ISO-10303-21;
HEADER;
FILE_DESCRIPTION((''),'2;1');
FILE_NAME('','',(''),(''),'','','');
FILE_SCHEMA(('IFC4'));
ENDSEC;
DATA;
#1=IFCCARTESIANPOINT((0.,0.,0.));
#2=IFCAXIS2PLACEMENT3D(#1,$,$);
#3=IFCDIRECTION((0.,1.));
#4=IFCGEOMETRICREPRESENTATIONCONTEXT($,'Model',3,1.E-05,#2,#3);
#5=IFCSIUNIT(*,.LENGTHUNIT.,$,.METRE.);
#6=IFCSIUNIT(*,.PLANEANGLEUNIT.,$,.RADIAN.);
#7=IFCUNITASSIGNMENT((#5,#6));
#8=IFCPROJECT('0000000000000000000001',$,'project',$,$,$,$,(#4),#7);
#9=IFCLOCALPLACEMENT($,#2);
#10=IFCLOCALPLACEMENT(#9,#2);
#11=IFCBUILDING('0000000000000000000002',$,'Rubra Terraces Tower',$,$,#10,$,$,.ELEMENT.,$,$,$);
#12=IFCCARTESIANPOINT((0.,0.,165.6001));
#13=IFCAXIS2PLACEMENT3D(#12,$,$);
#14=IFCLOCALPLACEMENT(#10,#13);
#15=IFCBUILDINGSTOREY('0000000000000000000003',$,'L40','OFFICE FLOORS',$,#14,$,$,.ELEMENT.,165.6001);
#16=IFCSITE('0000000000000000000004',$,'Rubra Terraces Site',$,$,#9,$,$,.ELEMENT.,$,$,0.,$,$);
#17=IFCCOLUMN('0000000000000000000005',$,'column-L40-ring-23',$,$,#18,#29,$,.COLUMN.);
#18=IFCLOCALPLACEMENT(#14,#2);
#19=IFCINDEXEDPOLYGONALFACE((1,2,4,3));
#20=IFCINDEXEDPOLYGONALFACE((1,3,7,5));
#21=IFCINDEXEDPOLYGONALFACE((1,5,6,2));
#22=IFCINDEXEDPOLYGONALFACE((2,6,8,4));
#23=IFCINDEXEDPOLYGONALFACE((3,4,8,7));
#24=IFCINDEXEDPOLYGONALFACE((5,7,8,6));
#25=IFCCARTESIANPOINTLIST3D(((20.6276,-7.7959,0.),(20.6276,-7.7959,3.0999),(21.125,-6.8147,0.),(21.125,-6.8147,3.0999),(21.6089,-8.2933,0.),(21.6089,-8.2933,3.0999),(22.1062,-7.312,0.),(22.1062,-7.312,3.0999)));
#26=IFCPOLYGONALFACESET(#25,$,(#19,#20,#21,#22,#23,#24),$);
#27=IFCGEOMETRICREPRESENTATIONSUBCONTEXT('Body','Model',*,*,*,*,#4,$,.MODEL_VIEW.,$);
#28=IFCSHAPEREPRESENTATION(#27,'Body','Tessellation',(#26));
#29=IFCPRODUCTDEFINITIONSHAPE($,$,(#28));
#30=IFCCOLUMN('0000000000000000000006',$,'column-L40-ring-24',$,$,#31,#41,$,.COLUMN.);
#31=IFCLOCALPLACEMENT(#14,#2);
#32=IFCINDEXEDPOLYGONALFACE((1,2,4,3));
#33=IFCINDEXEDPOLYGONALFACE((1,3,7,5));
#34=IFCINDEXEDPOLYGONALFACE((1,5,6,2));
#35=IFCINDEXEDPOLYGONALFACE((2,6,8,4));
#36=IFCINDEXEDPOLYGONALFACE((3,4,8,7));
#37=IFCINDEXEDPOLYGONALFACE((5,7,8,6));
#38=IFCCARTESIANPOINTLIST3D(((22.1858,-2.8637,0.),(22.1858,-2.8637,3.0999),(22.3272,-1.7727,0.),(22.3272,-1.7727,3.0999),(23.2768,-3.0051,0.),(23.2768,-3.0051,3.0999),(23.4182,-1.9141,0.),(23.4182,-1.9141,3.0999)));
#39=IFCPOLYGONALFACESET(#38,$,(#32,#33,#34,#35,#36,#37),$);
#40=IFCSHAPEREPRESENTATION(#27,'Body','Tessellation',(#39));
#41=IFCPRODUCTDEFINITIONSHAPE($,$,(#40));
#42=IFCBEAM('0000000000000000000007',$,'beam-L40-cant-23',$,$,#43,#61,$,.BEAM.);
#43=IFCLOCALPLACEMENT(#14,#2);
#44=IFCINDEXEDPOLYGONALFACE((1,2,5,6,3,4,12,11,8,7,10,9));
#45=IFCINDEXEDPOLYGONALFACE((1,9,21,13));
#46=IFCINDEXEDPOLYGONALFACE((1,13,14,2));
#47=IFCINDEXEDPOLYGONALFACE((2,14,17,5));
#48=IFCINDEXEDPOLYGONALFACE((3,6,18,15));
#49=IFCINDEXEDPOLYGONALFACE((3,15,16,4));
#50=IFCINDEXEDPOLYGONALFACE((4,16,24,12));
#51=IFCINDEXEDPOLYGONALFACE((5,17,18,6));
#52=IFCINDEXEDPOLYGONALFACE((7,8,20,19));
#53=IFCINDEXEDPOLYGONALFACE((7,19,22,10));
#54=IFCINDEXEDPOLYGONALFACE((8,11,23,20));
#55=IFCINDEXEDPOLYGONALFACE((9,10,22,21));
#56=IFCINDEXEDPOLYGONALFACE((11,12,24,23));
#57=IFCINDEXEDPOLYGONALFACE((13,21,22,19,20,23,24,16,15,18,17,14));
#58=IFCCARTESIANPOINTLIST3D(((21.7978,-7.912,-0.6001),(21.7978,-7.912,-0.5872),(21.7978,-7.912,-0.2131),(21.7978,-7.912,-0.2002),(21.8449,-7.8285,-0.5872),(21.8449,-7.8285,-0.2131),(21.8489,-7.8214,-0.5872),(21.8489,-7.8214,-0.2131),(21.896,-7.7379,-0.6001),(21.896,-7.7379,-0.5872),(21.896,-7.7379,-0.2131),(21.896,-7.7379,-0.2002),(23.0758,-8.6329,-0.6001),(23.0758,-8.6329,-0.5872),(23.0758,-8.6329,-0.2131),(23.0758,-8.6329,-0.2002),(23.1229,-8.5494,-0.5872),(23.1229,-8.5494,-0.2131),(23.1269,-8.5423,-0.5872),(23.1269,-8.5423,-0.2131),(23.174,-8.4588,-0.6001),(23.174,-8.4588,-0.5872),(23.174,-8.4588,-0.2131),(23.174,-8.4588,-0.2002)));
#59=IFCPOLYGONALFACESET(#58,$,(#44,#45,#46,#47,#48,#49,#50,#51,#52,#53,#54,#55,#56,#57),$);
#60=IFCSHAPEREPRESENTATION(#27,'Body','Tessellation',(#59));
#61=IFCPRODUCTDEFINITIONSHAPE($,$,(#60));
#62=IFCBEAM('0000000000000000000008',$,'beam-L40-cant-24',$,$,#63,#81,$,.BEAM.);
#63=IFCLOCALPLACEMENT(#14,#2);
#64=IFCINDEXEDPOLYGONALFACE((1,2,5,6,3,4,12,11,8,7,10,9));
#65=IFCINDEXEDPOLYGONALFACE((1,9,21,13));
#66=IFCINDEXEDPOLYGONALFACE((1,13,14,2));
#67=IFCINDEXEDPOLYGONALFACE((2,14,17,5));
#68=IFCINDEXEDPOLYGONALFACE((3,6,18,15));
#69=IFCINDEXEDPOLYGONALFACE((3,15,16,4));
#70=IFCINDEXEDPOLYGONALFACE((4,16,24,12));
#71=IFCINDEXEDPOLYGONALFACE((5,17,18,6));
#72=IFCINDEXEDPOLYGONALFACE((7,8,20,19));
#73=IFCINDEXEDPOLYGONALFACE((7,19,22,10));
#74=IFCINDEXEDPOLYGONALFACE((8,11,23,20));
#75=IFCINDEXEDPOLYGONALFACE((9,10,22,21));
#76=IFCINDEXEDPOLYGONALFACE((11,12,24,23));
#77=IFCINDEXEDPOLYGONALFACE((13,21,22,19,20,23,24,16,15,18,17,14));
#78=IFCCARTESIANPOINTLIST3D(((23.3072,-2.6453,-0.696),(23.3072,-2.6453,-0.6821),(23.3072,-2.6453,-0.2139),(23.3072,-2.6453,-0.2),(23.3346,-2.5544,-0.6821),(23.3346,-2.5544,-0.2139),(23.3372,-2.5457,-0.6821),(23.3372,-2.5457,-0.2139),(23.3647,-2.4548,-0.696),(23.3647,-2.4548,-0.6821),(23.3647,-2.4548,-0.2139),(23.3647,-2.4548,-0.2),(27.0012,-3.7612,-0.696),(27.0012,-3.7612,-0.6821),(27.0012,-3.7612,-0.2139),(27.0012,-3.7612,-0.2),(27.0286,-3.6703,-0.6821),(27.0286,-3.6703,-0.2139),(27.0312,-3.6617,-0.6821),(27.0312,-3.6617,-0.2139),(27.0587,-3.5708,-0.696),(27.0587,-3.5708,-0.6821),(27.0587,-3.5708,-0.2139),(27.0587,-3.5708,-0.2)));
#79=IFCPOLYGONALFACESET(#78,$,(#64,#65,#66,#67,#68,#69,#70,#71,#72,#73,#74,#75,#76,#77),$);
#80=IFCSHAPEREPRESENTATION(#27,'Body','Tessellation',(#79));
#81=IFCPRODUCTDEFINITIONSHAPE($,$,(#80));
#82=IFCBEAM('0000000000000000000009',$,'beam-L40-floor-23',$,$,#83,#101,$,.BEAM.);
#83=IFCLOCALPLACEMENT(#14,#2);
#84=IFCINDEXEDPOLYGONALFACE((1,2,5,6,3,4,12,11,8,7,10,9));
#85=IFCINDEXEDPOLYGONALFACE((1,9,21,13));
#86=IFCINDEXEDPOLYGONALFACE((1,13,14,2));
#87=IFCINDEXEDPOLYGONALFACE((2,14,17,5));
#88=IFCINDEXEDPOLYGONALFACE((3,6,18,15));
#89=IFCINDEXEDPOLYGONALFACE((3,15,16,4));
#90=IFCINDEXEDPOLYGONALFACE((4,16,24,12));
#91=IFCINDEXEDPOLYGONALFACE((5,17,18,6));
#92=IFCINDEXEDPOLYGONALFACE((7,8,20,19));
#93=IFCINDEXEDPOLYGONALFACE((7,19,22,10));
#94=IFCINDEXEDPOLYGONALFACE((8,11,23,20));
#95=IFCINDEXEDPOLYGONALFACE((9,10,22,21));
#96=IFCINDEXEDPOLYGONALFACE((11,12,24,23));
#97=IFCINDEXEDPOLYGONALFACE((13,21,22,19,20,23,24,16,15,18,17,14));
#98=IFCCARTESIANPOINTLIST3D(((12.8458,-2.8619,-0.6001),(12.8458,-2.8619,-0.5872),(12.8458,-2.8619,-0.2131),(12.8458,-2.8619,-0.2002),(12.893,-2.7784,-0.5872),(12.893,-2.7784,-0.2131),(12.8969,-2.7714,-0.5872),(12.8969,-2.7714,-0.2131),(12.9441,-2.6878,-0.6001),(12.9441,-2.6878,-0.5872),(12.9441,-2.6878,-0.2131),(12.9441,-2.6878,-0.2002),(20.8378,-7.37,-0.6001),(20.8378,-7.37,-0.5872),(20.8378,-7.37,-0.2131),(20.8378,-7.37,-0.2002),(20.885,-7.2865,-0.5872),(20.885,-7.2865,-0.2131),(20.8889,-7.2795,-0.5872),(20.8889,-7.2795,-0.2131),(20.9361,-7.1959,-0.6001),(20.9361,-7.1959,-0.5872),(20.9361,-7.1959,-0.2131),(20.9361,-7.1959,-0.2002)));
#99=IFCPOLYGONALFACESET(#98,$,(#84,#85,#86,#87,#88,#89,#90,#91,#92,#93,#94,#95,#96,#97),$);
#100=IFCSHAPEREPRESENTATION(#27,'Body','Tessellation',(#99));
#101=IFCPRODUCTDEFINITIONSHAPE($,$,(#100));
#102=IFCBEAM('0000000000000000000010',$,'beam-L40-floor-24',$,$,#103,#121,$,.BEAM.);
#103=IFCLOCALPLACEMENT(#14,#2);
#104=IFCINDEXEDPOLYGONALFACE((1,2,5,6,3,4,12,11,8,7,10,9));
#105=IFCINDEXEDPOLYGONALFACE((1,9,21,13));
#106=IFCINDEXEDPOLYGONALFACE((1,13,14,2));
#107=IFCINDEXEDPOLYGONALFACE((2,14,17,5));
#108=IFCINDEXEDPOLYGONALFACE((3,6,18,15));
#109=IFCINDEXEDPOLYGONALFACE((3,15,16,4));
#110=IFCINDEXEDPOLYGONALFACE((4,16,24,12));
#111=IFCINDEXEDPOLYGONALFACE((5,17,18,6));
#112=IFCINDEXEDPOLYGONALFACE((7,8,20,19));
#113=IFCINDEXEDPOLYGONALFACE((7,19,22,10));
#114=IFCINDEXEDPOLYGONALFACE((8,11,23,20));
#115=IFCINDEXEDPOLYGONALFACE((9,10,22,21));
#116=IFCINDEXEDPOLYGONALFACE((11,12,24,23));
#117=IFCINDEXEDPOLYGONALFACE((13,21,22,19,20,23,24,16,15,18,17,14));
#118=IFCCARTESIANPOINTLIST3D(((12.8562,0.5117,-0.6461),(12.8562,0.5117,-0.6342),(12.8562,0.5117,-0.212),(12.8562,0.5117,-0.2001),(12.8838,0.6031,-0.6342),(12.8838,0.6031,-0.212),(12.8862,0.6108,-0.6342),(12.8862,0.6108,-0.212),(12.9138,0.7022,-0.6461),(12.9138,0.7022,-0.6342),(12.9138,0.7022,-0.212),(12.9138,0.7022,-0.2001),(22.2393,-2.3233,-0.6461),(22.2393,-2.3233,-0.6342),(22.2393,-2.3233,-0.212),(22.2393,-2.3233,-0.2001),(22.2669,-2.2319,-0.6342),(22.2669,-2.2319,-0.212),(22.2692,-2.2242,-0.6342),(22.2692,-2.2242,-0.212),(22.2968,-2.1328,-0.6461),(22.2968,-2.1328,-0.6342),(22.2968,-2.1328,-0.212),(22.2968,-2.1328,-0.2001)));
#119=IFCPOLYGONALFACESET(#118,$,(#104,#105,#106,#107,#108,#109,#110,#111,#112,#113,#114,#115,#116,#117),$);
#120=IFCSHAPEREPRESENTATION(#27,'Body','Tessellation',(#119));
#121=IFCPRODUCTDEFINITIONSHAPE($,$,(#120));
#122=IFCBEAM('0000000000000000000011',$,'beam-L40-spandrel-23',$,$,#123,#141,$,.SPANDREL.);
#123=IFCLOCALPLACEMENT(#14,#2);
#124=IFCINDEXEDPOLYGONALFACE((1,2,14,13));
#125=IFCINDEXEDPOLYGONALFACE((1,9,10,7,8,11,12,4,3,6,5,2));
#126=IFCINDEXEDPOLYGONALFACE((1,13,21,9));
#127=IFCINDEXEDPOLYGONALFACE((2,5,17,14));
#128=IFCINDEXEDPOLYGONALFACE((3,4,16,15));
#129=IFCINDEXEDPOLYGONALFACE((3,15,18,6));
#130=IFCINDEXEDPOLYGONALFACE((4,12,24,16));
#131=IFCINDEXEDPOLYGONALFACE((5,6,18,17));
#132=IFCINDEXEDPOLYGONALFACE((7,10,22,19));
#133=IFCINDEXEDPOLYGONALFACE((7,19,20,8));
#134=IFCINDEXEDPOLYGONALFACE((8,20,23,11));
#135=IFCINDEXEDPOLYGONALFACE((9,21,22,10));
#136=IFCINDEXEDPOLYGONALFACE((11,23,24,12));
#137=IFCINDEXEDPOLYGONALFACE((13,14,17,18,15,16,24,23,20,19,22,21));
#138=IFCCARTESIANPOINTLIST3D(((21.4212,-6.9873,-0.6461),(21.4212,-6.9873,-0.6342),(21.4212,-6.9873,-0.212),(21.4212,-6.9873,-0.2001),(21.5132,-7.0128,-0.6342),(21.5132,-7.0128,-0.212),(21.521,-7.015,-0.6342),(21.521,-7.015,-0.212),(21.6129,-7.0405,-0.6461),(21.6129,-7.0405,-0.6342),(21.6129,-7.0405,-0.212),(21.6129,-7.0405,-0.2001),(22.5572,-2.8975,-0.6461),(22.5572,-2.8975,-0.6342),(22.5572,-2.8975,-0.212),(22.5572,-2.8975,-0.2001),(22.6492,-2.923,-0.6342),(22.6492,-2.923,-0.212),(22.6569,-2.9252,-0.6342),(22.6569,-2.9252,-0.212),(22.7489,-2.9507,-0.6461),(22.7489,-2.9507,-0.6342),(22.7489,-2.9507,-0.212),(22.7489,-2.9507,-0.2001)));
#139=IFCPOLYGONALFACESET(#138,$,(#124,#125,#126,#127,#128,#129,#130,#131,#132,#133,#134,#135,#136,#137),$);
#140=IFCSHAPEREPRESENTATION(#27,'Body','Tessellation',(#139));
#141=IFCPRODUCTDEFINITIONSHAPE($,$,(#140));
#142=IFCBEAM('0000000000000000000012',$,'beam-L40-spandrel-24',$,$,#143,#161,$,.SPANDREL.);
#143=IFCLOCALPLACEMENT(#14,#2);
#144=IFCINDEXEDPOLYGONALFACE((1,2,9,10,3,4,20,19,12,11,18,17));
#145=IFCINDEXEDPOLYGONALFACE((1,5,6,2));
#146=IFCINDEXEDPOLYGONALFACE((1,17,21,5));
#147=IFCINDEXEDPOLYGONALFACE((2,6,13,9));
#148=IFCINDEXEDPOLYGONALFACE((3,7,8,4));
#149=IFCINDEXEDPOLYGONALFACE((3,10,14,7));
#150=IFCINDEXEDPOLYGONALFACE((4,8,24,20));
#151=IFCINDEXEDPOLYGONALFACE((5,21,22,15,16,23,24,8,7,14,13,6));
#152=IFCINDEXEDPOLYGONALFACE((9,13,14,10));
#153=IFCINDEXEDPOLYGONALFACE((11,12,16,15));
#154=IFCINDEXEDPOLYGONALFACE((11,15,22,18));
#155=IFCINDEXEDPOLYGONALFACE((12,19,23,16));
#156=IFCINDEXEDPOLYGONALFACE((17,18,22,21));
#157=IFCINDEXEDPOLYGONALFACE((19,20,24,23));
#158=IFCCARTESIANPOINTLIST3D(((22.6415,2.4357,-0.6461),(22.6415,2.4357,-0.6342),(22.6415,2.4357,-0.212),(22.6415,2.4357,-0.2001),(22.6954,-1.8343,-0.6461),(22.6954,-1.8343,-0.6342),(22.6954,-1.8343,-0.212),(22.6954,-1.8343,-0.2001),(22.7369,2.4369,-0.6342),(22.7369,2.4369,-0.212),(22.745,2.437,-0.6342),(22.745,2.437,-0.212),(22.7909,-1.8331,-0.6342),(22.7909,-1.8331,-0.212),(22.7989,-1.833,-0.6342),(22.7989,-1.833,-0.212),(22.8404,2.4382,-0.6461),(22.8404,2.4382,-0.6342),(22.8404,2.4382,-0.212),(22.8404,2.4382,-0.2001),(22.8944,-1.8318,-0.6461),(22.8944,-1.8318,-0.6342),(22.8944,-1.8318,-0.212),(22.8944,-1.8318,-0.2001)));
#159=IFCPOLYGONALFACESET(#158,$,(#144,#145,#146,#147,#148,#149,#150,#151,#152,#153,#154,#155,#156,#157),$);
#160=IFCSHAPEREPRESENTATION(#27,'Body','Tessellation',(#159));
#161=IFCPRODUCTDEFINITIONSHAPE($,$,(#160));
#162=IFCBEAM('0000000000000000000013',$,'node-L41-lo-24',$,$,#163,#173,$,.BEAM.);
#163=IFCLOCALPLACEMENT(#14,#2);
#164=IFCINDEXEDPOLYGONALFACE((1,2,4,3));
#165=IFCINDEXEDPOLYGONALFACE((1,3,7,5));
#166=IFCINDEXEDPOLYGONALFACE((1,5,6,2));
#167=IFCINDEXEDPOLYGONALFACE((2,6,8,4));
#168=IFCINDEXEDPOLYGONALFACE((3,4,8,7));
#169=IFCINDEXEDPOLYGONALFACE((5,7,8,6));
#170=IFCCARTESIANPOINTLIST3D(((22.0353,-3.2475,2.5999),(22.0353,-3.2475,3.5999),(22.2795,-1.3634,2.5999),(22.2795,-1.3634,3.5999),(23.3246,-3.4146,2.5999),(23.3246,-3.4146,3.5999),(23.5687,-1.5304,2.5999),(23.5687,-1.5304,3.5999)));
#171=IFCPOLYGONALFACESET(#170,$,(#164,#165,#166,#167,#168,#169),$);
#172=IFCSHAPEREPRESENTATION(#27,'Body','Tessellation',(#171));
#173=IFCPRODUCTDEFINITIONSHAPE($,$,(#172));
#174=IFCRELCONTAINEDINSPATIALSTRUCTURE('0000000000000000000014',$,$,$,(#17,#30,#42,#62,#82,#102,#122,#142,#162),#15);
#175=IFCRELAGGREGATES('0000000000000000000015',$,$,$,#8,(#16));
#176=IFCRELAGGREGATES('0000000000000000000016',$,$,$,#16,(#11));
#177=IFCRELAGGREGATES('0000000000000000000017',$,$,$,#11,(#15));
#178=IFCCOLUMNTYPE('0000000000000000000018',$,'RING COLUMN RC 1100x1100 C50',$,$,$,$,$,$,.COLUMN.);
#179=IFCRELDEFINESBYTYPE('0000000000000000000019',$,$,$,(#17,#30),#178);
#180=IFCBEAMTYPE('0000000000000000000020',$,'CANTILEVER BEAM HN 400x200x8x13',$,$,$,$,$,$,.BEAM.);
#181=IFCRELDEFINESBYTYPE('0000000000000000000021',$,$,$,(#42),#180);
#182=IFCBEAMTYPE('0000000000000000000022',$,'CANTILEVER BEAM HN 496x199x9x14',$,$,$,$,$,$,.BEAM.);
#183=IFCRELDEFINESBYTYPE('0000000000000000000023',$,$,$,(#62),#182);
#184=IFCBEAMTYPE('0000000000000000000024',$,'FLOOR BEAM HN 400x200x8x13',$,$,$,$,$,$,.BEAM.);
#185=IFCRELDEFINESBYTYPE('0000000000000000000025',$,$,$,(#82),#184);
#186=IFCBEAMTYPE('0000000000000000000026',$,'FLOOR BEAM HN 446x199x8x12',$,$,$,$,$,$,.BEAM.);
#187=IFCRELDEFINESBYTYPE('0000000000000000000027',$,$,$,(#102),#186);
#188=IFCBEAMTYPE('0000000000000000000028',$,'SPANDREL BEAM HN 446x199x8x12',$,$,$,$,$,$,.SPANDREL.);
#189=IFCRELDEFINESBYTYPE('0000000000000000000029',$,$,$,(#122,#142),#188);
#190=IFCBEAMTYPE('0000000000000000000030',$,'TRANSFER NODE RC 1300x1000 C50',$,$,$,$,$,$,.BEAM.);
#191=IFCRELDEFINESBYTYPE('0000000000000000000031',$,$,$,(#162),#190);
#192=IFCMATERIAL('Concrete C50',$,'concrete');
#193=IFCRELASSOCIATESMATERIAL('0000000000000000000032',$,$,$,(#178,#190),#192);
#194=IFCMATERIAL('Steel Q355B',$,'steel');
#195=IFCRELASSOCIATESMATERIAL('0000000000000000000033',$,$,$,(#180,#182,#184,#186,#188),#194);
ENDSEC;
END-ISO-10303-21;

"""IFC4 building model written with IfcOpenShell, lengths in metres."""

from ifc_helpers import new_model, si_unit, direction, frame, origin, origin_2d, place, context, subcontext, project, spatial, rectangle, i_section, extrude, material, material_profile, profile_set, type_object, element, save


model = new_model("IFC4")

# Units and contexts
model_context = context("Model", 3, precision=1e-05, world=origin(), true_north=direction((0.0, 1.0)))
body_context = subcontext(model_context, "Body", "Model", "MODEL_VIEW")
ifc_project = project(units=[si_unit("LENGTHUNIT", "METRE"), si_unit("PLANEANGLEUNIT", "RADIAN")], contexts=[model_context])

# Site, building, storey
site_placement = place(None, origin())
site = spatial("IfcSite", under=ifc_project, at=site_placement, Name="Rubra Terraces Site", CompositionType="ELEMENT", RefElevation=0.0)
building_placement = place(site_placement, origin())
building = spatial("IfcBuilding", under=site, at=building_placement, Name="Rubra Terraces Tower", CompositionType="ELEMENT")
storey_placement = place(building_placement, frame((0.0, 0.0, 165.6001)))
storey = spatial("IfcBuildingStorey", under=building, at=storey_placement, Name="L40", Description="OFFICE FLOORS", CompositionType="ELEMENT", Elevation=165.6001)

# Columns
ifc_material_1 = material(Name="Concrete C50", Category="concrete")
ifc_material_profile_1 = material_profile(ifc_material_1, rectangle(XDim=1.1001, YDim=1.1001, at=origin_2d()), Name="RC 1100x1100")
ifc_profile_set_1 = profile_set([ifc_material_profile_1], Name="Concrete C50")
column_type = type_object("IfcColumnType", Name="RING COLUMN RC 1100x1100 C50", PredefinedType="COLUMN", material=ifc_profile_set_1)
for number, where, z_axis, x_axis, name in (
    (1, (21.3669, -7.554, 0.0), (0.0, 0.0, 1.0), (0.452079, 0.891978, 0.0), "column-L40-ring-23"),
    (2, (22.802, -2.3889, 0.0), (0.0, 0.0, 1.0), (0.128535, 0.991705, 0.0), "column-L40-ring-24"),
):
    element("IfcColumn", number, at=place(storey_placement, frame(where, z_axis=z_axis, x_axis=x_axis)), inside=storey, type_object=column_type, Name=name, PredefinedType="COLUMN", context=body_context, shape_type="SweptSolid", body=[
        extrude(rectangle(XDim=1.1001, YDim=1.1001, at=origin_2d()), origin(), (0.0, 0.0, 1.0), 3.0999),
    ])

# Beams
ifc_material_2 = material(Name="Steel Q355B", Category="steel")
ifc_material_profile_2 = material_profile(ifc_material_2, i_section(OverallWidth=0.2, OverallDepth=0.3999, WebThickness=0.0081, FlangeThickness=0.0129, at=origin_2d()), Name="HN 400x200x8x13")
ifc_profile_set_2 = profile_set([ifc_material_profile_2], Name="Steel Q355B")
beam_type_1 = type_object("IfcBeamType", Name="CANTILEVER BEAM HN 400x200x8x13", PredefinedType="BEAM", material=ifc_profile_set_2)
beam_1_placement = place(storey_placement, frame((21.8469, -7.825, -0.4001), z_axis=(0.870984, -0.491311, 0.0), x_axis=(0.491311, 0.870984, 0.0)))
element("IfcBeam", 3, at=beam_1_placement, inside=storey, type_object=beam_type_1, Name="beam-L40-cant-23", PredefinedType="BEAM", context=body_context, shape_type="SweptSolid", body=[
    extrude(i_section(OverallWidth=0.2, OverallDepth=0.3999, WebThickness=0.0081, FlangeThickness=0.0129, at=origin_2d()), origin(), (0.0, 0.0, 1.0), 1.4673),
])
ifc_material_profile_3 = material_profile(ifc_material_2, i_section(OverallWidth=0.199, OverallDepth=0.4961, WebThickness=0.009, FlangeThickness=0.0139, at=origin_2d()), Name="HN 496x199x9x14")
ifc_profile_set_3 = profile_set([ifc_material_profile_3], Name="Steel Q355B")
beam_type_2 = type_object("IfcBeamType", Name="CANTILEVER BEAM HN 496x199x9x14", PredefinedType="BEAM", material=ifc_profile_set_3)
beam_2_placement = place(storey_placement, frame((23.3359, -2.55, -0.448), z_axis=(0.957273, -0.289187, 0.0), x_axis=(0.289187, 0.957273, 0.0)))
element("IfcBeam", 4, at=beam_2_placement, inside=storey, type_object=beam_type_2, Name="beam-L40-cant-24", PredefinedType="BEAM", context=body_context, shape_type="SweptSolid", body=[
    extrude(i_section(OverallWidth=0.199, OverallDepth=0.4961, WebThickness=0.009, FlangeThickness=0.0139, at=origin_2d()), origin(), (0.0, 0.0, 1.0), 3.8589),
])
ifc_material_profile_4 = material_profile(ifc_material_2, i_section(OverallWidth=0.2, OverallDepth=0.3999, WebThickness=0.0081, FlangeThickness=0.0129, at=origin_2d()), Name="HN 400x200x8x13")
ifc_profile_set_4 = profile_set([ifc_material_profile_4], Name="Steel Q355B")
beam_type_3 = type_object("IfcBeamType", Name="FLOOR BEAM HN 400x200x8x13", PredefinedType="BEAM", material=ifc_profile_set_4)
beam_3_placement = place(storey_placement, frame((20.887, -7.283, -0.4001), z_axis=(-0.870989, 0.491303, 0.0), x_axis=(-0.491303, -0.870989, 0.0)))
element("IfcBeam", 5, at=beam_3_placement, inside=storey, type_object=beam_type_3, Name="beam-L40-floor-23", PredefinedType="BEAM", context=body_context, shape_type="SweptSolid", body=[
    extrude(i_section(OverallWidth=0.2, OverallDepth=0.3999, WebThickness=0.0081, FlangeThickness=0.0129, at=origin_2d()), origin(), (0.0, 0.0, 1.0), 9.1758),
])
ifc_material_profile_5 = material_profile(ifc_material_2, i_section(OverallWidth=0.199, OverallDepth=0.446, WebThickness=0.0081, FlangeThickness=0.012, at=origin_2d()), Name="HN 446x199x8x12")
ifc_profile_set_5 = profile_set([ifc_material_profile_5], Name="Steel Q355B")
beam_type_4 = type_object("IfcBeamType", Name="FLOOR BEAM HN 446x199x8x12", PredefinedType="BEAM", material=ifc_profile_set_5)
beam_4_placement = place(storey_placement, frame((22.2681, -2.228, -0.4231), z_axis=(-0.957262, 0.289223, 0.0), x_axis=(-0.289223, -0.957262, 0.0)))
element("IfcBeam", 6, at=beam_4_placement, inside=storey, type_object=beam_type_4, Name="beam-L40-floor-24", PredefinedType="BEAM", context=body_context, shape_type="SweptSolid", body=[
    extrude(i_section(OverallWidth=0.199, OverallDepth=0.446, WebThickness=0.0081, FlangeThickness=0.012, at=origin_2d()), origin(), (0.0, 0.0, 1.0), 9.802),
])
ifc_material_profile_6 = material_profile(ifc_material_2, i_section(OverallWidth=0.199, OverallDepth=0.446, WebThickness=0.0081, FlangeThickness=0.012, at=origin_2d()), Name="HN 446x199x8x12")
ifc_profile_set_6 = profile_set([ifc_material_profile_6], Name="Steel Q355B")
beam_type_5 = type_object("IfcBeamType", Name="SPANDREL BEAM HN 446x199x8x12", PredefinedType="SPANDREL", material=ifc_profile_set_6)
beam_5_placement = place(storey_placement, frame((21.5171, -7.0139, -0.4231), z_axis=(0.267626, 0.963523, 0.0), x_axis=(-0.963523, 0.267626, 0.0)))
element("IfcBeam", 7, at=beam_5_placement, inside=storey, type_object=beam_type_5, Name="beam-L40-spandrel-23", PredefinedType="SPANDREL", context=body_context, shape_type="SweptSolid", body=[
    extrude(i_section(OverallWidth=0.199, OverallDepth=0.446, WebThickness=0.0081, FlangeThickness=0.012, at=origin_2d()), origin(), (0.0, 0.0, 1.0), 4.2446),
])
beam_6_placement = place(storey_placement, frame((22.7949, -1.833, -0.4231), z_axis=(-0.012635, 0.99992, 0.0), x_axis=(-0.99992, -0.012635, 0.0)))
element("IfcBeam", 8, at=beam_6_placement, inside=storey, type_object=beam_type_5, Name="beam-L40-spandrel-24", PredefinedType="SPANDREL", context=body_context, shape_type="SweptSolid", body=[
    extrude(i_section(OverallWidth=0.199, OverallDepth=0.446, WebThickness=0.0081, FlangeThickness=0.012, at=origin_2d()), origin(), (0.0, 0.0, 1.0), 4.2703),
])
ifc_material_profile_7 = material_profile(ifc_material_1, rectangle(XDim=1.3, YDim=1.0, at=origin_2d()), Name="RC 1300x1000")
ifc_profile_set_7 = profile_set([ifc_material_profile_7], Name="Concrete C50")
beam_type_6 = type_object("IfcBeamType", Name="TRANSFER NODE RC 1300x1000 C50", PredefinedType="BEAM", material=ifc_profile_set_7)
beam_7_placement = place(storey_placement, frame((22.6799, -3.3311, 3.0999), z_axis=(0.12851, 0.991708, 0.0), x_axis=(-0.991708, 0.12851, 0.0)))
element("IfcBeam", 9, at=beam_7_placement, inside=storey, type_object=beam_type_6, Name="node-L41-lo-24", PredefinedType="BEAM", context=body_context, shape_type="SweptSolid", body=[
    extrude(rectangle(XDim=1.3, YDim=1.0, at=origin_2d()), origin(), (0.0, 0.0, 1.0), 1.8999),
])

save(model, "model.ifc")
